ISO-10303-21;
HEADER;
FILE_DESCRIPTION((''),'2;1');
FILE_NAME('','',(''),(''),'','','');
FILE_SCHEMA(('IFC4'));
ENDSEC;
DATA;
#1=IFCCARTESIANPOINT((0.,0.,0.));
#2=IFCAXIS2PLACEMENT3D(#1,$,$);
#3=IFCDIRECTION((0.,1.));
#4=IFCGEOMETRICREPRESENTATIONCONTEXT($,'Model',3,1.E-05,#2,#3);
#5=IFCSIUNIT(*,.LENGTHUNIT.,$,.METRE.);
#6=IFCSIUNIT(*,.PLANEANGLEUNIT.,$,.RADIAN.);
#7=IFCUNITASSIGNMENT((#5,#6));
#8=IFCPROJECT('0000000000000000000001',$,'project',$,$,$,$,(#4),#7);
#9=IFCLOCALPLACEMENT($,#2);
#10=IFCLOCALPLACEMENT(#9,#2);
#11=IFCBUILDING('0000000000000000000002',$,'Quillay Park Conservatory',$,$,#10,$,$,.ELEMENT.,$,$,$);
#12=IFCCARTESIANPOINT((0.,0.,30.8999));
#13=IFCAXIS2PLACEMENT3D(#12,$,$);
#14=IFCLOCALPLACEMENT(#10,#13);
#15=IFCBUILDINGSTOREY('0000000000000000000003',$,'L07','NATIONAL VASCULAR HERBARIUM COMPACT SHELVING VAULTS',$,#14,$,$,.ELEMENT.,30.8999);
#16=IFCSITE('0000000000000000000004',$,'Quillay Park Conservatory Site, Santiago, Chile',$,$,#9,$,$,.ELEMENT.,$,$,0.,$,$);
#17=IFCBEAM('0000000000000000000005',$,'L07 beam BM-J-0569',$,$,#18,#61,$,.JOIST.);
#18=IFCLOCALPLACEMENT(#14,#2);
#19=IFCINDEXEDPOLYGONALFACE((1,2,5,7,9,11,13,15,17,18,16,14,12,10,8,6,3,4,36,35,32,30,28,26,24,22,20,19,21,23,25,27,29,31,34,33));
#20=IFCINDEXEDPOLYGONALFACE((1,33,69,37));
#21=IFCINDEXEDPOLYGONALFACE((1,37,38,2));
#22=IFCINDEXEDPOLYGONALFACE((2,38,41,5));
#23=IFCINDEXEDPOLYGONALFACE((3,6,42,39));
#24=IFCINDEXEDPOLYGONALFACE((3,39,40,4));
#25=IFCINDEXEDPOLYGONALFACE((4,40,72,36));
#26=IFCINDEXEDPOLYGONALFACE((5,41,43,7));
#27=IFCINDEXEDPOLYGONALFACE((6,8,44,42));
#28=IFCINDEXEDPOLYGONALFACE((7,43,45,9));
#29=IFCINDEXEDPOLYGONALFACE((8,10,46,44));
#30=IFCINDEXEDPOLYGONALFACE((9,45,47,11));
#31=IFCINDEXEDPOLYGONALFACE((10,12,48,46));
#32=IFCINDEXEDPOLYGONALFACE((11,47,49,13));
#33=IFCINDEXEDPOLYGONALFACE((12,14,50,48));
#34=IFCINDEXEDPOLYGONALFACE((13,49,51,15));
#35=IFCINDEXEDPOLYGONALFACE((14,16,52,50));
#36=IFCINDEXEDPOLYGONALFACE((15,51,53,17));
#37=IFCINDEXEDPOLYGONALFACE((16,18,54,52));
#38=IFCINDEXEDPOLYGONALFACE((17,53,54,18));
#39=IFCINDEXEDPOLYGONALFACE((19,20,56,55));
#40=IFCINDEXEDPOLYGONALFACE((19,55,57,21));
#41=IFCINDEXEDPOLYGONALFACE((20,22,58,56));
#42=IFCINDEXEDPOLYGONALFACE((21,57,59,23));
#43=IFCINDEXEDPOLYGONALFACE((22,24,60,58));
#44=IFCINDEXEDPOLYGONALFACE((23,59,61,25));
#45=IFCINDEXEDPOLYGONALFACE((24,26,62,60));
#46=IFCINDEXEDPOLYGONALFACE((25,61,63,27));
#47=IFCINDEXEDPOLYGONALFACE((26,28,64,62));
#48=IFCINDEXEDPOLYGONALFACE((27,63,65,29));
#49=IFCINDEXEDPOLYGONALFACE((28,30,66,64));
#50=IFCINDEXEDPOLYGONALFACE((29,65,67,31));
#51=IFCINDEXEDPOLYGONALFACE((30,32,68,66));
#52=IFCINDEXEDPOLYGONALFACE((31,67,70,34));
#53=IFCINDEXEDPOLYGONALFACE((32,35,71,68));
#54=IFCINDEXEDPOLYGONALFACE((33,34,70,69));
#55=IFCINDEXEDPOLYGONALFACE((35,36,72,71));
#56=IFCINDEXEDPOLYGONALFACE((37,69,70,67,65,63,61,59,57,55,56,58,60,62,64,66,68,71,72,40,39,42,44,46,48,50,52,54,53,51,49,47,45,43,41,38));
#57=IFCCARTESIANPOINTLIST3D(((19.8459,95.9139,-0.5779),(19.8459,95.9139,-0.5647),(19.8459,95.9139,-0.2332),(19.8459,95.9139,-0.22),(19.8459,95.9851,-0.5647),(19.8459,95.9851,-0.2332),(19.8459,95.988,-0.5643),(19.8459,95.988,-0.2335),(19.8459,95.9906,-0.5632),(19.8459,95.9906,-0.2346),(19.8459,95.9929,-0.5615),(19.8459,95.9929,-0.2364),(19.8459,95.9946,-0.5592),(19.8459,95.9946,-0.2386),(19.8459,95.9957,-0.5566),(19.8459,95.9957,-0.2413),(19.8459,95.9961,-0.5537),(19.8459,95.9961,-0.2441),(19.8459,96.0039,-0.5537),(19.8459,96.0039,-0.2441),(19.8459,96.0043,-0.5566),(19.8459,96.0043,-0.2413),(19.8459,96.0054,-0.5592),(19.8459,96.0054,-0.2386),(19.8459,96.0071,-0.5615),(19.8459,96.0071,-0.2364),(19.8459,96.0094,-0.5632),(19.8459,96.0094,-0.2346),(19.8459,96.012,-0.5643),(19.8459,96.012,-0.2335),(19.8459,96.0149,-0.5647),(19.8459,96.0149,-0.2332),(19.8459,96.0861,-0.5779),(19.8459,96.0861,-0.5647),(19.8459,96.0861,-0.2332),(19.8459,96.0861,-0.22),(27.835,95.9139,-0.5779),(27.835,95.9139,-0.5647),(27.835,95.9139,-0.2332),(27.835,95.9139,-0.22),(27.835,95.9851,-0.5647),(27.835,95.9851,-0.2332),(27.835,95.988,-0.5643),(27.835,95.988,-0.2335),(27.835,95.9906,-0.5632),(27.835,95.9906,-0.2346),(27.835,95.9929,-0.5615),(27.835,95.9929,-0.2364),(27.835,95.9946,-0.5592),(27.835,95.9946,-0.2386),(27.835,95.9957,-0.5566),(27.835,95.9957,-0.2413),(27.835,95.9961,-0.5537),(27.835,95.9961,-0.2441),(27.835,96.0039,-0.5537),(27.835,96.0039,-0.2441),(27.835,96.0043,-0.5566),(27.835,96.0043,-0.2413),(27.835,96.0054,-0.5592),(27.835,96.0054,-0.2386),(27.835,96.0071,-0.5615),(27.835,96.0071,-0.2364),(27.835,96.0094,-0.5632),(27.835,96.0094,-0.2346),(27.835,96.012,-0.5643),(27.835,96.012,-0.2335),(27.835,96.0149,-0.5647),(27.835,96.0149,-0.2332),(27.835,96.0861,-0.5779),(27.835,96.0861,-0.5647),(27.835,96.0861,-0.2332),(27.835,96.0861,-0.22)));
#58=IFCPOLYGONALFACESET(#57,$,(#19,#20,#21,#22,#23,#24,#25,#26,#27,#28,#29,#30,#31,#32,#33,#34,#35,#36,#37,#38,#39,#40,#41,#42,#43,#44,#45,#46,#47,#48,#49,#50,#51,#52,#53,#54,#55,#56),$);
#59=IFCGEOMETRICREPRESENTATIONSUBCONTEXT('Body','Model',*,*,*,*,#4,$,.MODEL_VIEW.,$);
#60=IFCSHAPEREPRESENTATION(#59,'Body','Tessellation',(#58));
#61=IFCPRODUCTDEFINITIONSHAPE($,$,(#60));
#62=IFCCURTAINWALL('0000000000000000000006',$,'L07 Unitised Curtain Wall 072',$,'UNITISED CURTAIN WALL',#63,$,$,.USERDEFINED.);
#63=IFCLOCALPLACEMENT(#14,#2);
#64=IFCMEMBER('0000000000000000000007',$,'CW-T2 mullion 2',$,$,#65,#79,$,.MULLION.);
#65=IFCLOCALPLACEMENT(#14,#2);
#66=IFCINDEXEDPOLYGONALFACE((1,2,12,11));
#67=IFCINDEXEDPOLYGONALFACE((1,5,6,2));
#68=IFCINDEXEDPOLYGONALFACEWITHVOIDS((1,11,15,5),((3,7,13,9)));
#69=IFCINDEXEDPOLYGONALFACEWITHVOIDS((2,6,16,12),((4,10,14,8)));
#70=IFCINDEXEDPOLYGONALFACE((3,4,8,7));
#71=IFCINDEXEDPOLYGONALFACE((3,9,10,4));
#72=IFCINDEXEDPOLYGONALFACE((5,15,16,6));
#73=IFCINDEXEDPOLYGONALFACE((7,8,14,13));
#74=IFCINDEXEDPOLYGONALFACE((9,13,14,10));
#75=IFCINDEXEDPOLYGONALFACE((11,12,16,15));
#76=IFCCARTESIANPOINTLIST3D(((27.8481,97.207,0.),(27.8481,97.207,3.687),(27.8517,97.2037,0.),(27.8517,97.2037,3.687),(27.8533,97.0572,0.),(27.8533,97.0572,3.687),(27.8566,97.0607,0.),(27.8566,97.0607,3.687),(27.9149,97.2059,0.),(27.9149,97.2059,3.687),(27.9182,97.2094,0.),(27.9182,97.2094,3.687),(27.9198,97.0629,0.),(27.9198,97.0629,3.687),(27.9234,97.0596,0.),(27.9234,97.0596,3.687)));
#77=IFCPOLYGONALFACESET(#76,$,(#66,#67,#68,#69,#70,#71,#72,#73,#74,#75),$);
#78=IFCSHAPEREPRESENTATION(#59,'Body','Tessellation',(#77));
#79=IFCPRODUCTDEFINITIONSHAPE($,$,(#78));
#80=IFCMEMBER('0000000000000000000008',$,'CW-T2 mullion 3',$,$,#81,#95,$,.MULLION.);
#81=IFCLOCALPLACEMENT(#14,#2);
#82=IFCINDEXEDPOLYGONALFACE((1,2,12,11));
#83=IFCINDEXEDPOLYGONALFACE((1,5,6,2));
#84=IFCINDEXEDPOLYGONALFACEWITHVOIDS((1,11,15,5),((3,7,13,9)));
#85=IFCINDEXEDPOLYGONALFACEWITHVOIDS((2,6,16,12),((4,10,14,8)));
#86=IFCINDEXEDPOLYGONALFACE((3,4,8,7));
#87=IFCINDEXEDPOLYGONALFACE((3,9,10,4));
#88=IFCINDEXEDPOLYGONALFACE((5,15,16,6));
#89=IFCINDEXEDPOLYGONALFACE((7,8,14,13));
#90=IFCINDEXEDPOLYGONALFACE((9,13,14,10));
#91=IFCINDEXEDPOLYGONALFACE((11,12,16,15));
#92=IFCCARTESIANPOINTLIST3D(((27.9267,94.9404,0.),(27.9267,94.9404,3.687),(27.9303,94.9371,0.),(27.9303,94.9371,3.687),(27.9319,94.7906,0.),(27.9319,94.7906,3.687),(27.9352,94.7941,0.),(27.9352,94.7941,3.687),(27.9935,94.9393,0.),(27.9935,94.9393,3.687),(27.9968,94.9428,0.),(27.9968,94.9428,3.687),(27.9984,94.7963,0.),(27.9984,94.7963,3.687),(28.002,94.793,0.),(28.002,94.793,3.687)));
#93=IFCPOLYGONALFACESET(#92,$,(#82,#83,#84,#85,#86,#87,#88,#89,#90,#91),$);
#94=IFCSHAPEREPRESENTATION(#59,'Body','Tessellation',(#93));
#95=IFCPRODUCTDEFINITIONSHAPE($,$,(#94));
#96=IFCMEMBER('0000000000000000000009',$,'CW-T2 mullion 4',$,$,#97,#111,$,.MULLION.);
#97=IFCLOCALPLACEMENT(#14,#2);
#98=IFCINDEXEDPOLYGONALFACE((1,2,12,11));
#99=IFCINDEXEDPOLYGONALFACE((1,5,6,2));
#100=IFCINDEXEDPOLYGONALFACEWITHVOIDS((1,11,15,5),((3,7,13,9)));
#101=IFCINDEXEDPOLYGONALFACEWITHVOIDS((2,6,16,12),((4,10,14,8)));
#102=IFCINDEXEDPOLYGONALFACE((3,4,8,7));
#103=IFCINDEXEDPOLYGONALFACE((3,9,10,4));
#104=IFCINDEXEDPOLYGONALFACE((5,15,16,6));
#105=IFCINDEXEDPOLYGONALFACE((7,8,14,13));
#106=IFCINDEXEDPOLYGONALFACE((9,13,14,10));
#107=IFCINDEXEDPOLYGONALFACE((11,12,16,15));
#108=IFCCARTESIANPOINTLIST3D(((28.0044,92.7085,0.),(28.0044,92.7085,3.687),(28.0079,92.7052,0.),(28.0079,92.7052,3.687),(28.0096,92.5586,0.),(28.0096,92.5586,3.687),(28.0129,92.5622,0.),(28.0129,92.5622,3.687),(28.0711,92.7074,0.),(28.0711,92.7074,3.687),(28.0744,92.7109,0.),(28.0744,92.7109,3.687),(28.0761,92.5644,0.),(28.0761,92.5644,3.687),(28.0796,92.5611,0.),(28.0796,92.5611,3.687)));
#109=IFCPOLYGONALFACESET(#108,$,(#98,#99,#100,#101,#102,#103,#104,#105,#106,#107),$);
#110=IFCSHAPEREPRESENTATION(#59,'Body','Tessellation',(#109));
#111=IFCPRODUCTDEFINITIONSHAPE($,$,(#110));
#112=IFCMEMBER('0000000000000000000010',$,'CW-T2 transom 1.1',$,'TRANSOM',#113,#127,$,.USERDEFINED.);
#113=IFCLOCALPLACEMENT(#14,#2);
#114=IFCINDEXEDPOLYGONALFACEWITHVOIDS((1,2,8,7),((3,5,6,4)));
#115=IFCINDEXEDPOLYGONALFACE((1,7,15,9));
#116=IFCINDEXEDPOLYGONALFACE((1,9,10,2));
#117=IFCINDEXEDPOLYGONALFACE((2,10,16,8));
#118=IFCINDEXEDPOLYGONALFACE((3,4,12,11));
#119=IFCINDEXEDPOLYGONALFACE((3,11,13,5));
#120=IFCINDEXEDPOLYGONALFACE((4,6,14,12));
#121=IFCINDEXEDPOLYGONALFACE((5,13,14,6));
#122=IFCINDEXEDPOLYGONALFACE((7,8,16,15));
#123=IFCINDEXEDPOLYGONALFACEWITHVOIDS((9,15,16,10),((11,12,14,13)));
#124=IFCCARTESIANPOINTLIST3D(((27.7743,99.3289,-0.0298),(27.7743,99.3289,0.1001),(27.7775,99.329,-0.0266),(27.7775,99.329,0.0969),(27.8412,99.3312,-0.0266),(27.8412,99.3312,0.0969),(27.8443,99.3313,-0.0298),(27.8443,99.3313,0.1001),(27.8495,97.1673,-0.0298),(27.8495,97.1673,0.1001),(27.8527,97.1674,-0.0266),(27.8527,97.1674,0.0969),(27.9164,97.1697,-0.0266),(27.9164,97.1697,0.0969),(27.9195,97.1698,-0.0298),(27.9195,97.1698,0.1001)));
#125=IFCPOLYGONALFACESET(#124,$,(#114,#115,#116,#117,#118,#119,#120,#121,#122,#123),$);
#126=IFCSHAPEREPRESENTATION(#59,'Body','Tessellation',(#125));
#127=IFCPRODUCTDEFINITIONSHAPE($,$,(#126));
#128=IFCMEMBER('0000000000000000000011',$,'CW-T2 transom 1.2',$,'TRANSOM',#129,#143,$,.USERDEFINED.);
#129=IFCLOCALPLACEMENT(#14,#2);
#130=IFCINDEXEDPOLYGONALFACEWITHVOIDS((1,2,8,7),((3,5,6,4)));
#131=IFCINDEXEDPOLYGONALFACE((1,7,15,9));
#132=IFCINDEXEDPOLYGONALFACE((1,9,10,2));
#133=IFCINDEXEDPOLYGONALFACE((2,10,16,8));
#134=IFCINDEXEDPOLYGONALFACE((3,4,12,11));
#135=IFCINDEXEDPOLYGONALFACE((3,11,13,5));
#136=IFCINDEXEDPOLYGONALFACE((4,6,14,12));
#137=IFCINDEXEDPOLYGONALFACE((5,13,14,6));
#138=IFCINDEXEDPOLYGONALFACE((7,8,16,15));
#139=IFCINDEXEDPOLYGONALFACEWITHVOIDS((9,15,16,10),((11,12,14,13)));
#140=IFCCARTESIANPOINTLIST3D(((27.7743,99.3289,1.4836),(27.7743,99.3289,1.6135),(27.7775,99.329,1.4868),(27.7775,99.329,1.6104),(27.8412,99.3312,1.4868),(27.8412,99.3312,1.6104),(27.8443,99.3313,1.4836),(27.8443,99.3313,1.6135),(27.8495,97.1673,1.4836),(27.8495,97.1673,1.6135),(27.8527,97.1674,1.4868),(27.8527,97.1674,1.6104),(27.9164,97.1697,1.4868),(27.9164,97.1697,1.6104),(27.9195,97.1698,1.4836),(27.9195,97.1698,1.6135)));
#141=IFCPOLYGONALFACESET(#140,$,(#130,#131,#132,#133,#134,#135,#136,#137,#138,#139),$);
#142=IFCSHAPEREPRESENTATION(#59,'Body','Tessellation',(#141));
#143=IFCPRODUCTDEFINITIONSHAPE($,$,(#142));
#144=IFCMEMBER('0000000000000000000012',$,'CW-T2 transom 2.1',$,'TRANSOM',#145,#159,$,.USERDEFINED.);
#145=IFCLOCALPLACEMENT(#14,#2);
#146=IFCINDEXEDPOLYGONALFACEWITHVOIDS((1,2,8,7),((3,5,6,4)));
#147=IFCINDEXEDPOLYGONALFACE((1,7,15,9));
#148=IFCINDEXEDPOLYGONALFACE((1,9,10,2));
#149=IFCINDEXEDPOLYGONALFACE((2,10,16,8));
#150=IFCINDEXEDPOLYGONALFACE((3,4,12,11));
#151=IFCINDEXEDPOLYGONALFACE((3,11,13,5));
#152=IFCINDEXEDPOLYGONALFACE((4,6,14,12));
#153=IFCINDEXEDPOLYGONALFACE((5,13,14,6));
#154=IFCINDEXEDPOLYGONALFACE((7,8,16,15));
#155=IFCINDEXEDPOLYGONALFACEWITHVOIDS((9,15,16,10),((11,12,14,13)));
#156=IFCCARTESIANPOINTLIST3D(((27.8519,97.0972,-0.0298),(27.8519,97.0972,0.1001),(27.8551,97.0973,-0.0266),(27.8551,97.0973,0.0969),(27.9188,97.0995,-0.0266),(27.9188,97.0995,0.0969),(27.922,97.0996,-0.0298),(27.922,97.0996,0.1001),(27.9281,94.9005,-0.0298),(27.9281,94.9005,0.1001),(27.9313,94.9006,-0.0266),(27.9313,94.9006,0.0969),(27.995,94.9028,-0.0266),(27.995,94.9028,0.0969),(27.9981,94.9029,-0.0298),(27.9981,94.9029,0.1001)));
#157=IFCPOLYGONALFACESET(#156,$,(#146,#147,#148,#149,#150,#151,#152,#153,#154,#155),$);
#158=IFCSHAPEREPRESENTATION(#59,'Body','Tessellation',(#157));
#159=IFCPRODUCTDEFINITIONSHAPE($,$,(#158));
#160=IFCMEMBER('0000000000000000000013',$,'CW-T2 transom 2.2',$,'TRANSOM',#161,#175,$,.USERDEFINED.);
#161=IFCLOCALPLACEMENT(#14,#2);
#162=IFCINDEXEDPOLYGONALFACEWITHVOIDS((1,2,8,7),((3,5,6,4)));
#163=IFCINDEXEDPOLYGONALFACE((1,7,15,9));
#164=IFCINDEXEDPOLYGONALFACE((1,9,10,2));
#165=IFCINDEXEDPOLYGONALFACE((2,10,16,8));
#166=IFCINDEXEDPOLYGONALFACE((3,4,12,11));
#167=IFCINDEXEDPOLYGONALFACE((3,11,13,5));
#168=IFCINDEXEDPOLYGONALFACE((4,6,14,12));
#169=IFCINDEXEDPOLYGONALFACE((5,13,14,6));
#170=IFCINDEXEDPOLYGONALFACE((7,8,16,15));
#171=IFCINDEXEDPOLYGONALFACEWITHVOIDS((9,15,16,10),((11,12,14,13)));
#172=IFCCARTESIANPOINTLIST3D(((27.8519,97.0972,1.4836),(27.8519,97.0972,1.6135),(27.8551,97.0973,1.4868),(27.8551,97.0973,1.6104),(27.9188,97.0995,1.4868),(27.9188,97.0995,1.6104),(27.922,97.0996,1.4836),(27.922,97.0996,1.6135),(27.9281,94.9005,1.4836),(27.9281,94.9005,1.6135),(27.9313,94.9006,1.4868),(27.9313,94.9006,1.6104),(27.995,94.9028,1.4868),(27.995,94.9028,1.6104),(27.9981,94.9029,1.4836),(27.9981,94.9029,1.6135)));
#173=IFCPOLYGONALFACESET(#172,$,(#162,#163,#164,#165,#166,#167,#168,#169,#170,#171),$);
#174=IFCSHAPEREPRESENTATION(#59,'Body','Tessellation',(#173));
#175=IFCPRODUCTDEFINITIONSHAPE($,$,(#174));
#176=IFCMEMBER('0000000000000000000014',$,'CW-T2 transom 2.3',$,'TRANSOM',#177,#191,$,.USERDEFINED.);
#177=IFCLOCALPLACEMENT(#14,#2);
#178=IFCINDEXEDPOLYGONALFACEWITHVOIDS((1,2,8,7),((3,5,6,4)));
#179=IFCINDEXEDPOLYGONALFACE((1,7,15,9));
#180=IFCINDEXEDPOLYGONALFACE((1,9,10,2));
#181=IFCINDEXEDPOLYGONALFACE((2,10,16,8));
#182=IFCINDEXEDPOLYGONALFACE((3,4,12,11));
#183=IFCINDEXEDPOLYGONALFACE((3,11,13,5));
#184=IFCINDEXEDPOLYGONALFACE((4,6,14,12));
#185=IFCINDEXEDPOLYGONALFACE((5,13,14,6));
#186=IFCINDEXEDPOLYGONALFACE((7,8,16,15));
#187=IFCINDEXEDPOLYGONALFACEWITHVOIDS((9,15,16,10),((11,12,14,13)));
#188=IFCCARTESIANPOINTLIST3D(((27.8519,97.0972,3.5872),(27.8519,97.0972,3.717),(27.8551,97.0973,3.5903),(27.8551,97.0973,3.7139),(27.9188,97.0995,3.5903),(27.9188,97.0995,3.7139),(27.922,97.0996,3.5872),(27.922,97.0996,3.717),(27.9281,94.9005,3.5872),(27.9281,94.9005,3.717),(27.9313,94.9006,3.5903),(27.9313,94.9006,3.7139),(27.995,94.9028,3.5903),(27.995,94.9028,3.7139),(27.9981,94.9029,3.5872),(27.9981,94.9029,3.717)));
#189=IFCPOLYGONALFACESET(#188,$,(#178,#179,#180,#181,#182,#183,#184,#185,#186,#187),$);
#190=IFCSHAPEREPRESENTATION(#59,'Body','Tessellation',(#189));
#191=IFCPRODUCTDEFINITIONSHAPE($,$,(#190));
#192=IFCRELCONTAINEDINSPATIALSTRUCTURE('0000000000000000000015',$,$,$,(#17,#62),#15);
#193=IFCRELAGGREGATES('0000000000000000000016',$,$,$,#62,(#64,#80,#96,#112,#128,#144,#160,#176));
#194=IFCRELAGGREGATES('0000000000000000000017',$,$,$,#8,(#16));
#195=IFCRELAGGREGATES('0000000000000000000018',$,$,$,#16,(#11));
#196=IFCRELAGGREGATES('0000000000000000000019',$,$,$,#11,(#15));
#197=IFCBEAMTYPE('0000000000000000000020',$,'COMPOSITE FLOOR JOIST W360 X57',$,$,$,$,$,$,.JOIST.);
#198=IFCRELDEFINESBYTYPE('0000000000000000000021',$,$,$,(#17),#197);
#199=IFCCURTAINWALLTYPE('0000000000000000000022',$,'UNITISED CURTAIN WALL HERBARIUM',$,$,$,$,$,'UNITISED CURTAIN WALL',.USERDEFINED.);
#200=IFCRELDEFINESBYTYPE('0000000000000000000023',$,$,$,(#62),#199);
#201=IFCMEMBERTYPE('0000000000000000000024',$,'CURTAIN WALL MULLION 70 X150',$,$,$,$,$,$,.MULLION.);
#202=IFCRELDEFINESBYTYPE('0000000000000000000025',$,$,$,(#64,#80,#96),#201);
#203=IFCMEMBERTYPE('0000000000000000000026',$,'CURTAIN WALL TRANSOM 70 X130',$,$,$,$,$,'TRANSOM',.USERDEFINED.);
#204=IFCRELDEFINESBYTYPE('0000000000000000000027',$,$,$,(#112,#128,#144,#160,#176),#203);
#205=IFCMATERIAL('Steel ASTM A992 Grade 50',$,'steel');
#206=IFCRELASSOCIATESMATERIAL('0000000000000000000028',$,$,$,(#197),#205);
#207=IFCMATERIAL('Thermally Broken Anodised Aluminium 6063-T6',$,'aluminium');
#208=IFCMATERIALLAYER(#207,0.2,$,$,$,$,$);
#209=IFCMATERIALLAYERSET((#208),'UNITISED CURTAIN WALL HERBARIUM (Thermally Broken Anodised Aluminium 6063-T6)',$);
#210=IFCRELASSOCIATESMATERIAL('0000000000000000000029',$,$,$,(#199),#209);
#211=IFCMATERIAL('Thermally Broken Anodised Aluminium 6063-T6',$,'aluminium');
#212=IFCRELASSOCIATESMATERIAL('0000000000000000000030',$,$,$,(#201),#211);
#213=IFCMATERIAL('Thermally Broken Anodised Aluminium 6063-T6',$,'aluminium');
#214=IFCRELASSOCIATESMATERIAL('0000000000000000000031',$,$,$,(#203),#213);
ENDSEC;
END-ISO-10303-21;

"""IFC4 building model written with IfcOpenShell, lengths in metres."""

from ifc_helpers import new_model, si_unit, direction, frame, origin, origin_2d, place, context, subcontext, project, spatial, hollow_rectangle, i_section, extrude, material, layer, layer_set, material_profile, profile_set, type_object, element, aggregate, save


model = new_model("IFC4")

# Units and contexts
model_context = context("Model", 3, precision=1e-05, world=origin(), true_north=direction((0.0, 1.0)))
body_context = subcontext(model_context, "Body", "Model", "MODEL_VIEW")
ifc_project = project(units=[si_unit("LENGTHUNIT", "METRE"), si_unit("PLANEANGLEUNIT", "RADIAN")], contexts=[model_context])

# Site, building, storey
site_placement = place(None, origin())
site = spatial("IfcSite", under=ifc_project, at=site_placement, Name="Quillay Park Conservatory Site, Santiago, Chile", CompositionType="ELEMENT", RefElevation=0.0)
building_placement = place(site_placement, origin())
building = spatial("IfcBuilding", under=site, at=building_placement, Name="Quillay Park Conservatory", CompositionType="ELEMENT")
storey_placement = place(building_placement, frame((0.0, 0.0, 30.8999)))
storey = spatial("IfcBuildingStorey", under=building, at=storey_placement, Name="L07", Description="NATIONAL VASCULAR HERBARIUM COMPACT SHELVING VAULTS", CompositionType="ELEMENT", Elevation=30.8999)

# Beam
ifc_material_1 = material(Name="Steel ASTM A992 Grade 50", Category="steel")
ifc_material_profile_1 = material_profile(ifc_material_1, i_section(OverallWidth=0.1721, OverallDepth=0.3579, WebThickness=0.0078, FlangeThickness=0.0132, FilletRadius=0.011, at=origin_2d()), Name="W360x57")
ifc_profile_set_1 = profile_set([ifc_material_profile_1], Name="Steel ASTM A992 Grade 50")
beam_type_1 = type_object("IfcBeamType", Name="COMPOSITE FLOOR JOIST W360 X57", PredefinedType="JOIST", material=ifc_profile_set_1)
beam_1_placement = place(storey_placement, frame((19.8459, 96.0, -0.3989), z_axis=(1.0, 0.0, 0.0), x_axis=(0.0, 1.0, 0.0)))
element("IfcBeam", 1, at=beam_1_placement, inside=storey, type_object=beam_type_1, Name="L07 beam BM-J-0569", PredefinedType="JOIST", context=body_context, shape_type="SweptSolid", body=[
    extrude(i_section(OverallWidth=0.1721, OverallDepth=0.3579, WebThickness=0.0078, FlangeThickness=0.0132, FilletRadius=0.011, at=origin_2d()), origin(), (0.0, 0.0, 1.0), 7.989),
])

# Curtain wall, members
ifc_material_2 = material(Name="Thermally Broken Anodised Aluminium 6063-T6", Category="aluminium")
ifc_layer_1 = layer(ifc_material_2, 0.2)
ifc_layer_set_1 = layer_set([ifc_layer_1], Name="UNITISED CURTAIN WALL HERBARIUM (Thermally Broken Anodised Aluminium 6063-T6)")
curtain_wall_type = type_object("IfcCurtainWallType", Name="UNITISED CURTAIN WALL HERBARIUM", ElementType="UNITISED CURTAIN WALL", PredefinedType="USERDEFINED", material=ifc_layer_set_1)
curtain_wall_placement = place(storey_placement, origin())
curtain_wall = element("IfcCurtainWall", 2, at=curtain_wall_placement, inside=storey, type_object=curtain_wall_type, Name="L07 Unitised Curtain Wall 072", ObjectType="UNITISED CURTAIN WALL", PredefinedType="USERDEFINED")
ifc_material_3 = material(Name="Thermally Broken Anodised Aluminium 6063-T6", Category="aluminium")
ifc_material_profile_2 = material_profile(ifc_material_3, hollow_rectangle(XDim=0.0701, YDim=0.1499, WallThickness=0.0034, at=origin_2d()), Name="AL70x150x3.5")
ifc_profile_set_2 = profile_set([ifc_material_profile_2], Name="Thermally Broken Anodised Aluminium 6063-T6")
member_type_1 = type_object("IfcMemberType", Name="CURTAIN WALL MULLION 70 X150", PredefinedType="MULLION", material=ifc_profile_set_2)
member_1_placement = place(storey_placement, frame((27.8857, 97.1333, 0.0), z_axis=(0.0, 0.0, 1.0), x_axis=(0.999397, 0.034713, 0.0)))
member_1 = element("IfcMember", 3, at=member_1_placement, type_object=member_type_1, Name="CW-T2 mullion 2", PredefinedType="MULLION", context=body_context, shape_type="SweptSolid", body=[
    extrude(hollow_rectangle(XDim=0.0701, YDim=0.1499, WallThickness=0.0034, at=origin_2d()), origin(), (0.0, 0.0, 1.0), 3.687),
])
member_2_placement = place(storey_placement, frame((27.9644, 94.8667, 0.0), z_axis=(0.0, 0.0, 1.0), x_axis=(0.999397, 0.034713, 0.0)))
member_2 = element("IfcMember", 4, at=member_2_placement, type_object=member_type_1, Name="CW-T2 mullion 3", PredefinedType="MULLION", context=body_context, shape_type="SweptSolid", body=[
    extrude(hollow_rectangle(XDim=0.0701, YDim=0.1499, WallThickness=0.0034, at=origin_2d()), origin(), (0.0, 0.0, 1.0), 3.687),
])
member_3_placement = place(storey_placement, frame((28.042, 92.6348, 0.0), z_axis=(0.0, 0.0, 1.0), x_axis=(0.999397, 0.034713, 0.0)))
member_3 = element("IfcMember", 5, at=member_3_placement, type_object=member_type_1, Name="CW-T2 mullion 4", PredefinedType="MULLION", context=body_context, shape_type="SweptSolid", body=[
    extrude(hollow_rectangle(XDim=0.0701, YDim=0.1499, WallThickness=0.0034, at=origin_2d()), origin(), (0.0, 0.0, 1.0), 3.687),
])
ifc_material_4 = material(Name="Thermally Broken Anodised Aluminium 6063-T6", Category="aluminium")
ifc_material_profile_3 = material_profile(ifc_material_4, hollow_rectangle(XDim=0.0701, YDim=0.1299, WallThickness=0.0032, at=origin_2d()), Name="AL70x130x3.2")
ifc_profile_set_3 = profile_set([ifc_material_profile_3], Name="Thermally Broken Anodised Aluminium 6063-T6")
member_type_2 = type_object("IfcMemberType", Name="CURTAIN WALL TRANSOM 70 X130", ElementType="TRANSOM", PredefinedType="USERDEFINED", material=ifc_profile_set_3)
member_4_placement = place(storey_placement, frame((27.8093, 99.3301, 0.0352), z_axis=(0.034766, -0.999395, 0.0), x_axis=(0.999395, 0.034766, 0.0)))
member_4 = element("IfcMember", 6, at=member_4_placement, type_object=member_type_2, Name="CW-T2 transom 1.1", ObjectType="TRANSOM", PredefinedType="USERDEFINED", context=body_context, shape_type="SweptSolid", body=[
    extrude(hollow_rectangle(XDim=0.0701, YDim=0.1299, WallThickness=0.0032, at=origin_2d()), origin(), (0.0, 0.0, 1.0), 2.1628),
])
member_5_placement = place(storey_placement, frame((27.8093, 99.3301, 1.5486), z_axis=(0.034766, -0.999395, 0.0), x_axis=(0.999395, 0.034766, 0.0)))
member_5 = element("IfcMember", 7, at=member_5_placement, type_object=member_type_2, Name="CW-T2 transom 1.2", ObjectType="TRANSOM", PredefinedType="USERDEFINED", context=body_context, shape_type="SweptSolid", body=[
    extrude(hollow_rectangle(XDim=0.0701, YDim=0.1299, WallThickness=0.0032, at=origin_2d()), origin(), (0.0, 0.0, 1.0), 2.1628),
])
member_6_placement = place(storey_placement, frame((27.887, 97.0984, 0.0352), z_axis=(0.034654, -0.999399, 0.0), x_axis=(0.999399, 0.034654, 0.0)))
member_6 = element("IfcMember", 8, at=member_6_placement, type_object=member_type_2, Name="CW-T2 transom 2.1", ObjectType="TRANSOM", PredefinedType="USERDEFINED", context=body_context, shape_type="SweptSolid", body=[
    extrude(hollow_rectangle(XDim=0.0701, YDim=0.1299, WallThickness=0.0032, at=origin_2d()), origin(), (0.0, 0.0, 1.0), 2.198),
])
member_7_placement = place(storey_placement, frame((27.887, 97.0984, 1.5486), z_axis=(0.034654, -0.999399, 0.0), x_axis=(0.999399, 0.034654, 0.0)))
member_7 = element("IfcMember", 9, at=member_7_placement, type_object=member_type_2, Name="CW-T2 transom 2.2", ObjectType="TRANSOM", PredefinedType="USERDEFINED", context=body_context, shape_type="SweptSolid", body=[
    extrude(hollow_rectangle(XDim=0.0701, YDim=0.1299, WallThickness=0.0032, at=origin_2d()), origin(), (0.0, 0.0, 1.0), 2.198),
])
member_8_placement = place(storey_placement, frame((27.887, 97.0984, 3.6521), z_axis=(0.034654, -0.999399, 0.0), x_axis=(0.999399, 0.034654, 0.0)))
member_8 = element("IfcMember", 10, at=member_8_placement, type_object=member_type_2, Name="CW-T2 transom 2.3", ObjectType="TRANSOM", PredefinedType="USERDEFINED", context=body_context, shape_type="SweptSolid", body=[
    extrude(hollow_rectangle(XDim=0.0701, YDim=0.1299, WallThickness=0.0032, at=origin_2d()), origin(), (0.0, 0.0, 1.0), 2.198),
])

aggregate(curtain_wall, [member_1, member_2, member_3, member_4, member_5, member_6, member_7, member_8])

save(model, "model.ifc")
